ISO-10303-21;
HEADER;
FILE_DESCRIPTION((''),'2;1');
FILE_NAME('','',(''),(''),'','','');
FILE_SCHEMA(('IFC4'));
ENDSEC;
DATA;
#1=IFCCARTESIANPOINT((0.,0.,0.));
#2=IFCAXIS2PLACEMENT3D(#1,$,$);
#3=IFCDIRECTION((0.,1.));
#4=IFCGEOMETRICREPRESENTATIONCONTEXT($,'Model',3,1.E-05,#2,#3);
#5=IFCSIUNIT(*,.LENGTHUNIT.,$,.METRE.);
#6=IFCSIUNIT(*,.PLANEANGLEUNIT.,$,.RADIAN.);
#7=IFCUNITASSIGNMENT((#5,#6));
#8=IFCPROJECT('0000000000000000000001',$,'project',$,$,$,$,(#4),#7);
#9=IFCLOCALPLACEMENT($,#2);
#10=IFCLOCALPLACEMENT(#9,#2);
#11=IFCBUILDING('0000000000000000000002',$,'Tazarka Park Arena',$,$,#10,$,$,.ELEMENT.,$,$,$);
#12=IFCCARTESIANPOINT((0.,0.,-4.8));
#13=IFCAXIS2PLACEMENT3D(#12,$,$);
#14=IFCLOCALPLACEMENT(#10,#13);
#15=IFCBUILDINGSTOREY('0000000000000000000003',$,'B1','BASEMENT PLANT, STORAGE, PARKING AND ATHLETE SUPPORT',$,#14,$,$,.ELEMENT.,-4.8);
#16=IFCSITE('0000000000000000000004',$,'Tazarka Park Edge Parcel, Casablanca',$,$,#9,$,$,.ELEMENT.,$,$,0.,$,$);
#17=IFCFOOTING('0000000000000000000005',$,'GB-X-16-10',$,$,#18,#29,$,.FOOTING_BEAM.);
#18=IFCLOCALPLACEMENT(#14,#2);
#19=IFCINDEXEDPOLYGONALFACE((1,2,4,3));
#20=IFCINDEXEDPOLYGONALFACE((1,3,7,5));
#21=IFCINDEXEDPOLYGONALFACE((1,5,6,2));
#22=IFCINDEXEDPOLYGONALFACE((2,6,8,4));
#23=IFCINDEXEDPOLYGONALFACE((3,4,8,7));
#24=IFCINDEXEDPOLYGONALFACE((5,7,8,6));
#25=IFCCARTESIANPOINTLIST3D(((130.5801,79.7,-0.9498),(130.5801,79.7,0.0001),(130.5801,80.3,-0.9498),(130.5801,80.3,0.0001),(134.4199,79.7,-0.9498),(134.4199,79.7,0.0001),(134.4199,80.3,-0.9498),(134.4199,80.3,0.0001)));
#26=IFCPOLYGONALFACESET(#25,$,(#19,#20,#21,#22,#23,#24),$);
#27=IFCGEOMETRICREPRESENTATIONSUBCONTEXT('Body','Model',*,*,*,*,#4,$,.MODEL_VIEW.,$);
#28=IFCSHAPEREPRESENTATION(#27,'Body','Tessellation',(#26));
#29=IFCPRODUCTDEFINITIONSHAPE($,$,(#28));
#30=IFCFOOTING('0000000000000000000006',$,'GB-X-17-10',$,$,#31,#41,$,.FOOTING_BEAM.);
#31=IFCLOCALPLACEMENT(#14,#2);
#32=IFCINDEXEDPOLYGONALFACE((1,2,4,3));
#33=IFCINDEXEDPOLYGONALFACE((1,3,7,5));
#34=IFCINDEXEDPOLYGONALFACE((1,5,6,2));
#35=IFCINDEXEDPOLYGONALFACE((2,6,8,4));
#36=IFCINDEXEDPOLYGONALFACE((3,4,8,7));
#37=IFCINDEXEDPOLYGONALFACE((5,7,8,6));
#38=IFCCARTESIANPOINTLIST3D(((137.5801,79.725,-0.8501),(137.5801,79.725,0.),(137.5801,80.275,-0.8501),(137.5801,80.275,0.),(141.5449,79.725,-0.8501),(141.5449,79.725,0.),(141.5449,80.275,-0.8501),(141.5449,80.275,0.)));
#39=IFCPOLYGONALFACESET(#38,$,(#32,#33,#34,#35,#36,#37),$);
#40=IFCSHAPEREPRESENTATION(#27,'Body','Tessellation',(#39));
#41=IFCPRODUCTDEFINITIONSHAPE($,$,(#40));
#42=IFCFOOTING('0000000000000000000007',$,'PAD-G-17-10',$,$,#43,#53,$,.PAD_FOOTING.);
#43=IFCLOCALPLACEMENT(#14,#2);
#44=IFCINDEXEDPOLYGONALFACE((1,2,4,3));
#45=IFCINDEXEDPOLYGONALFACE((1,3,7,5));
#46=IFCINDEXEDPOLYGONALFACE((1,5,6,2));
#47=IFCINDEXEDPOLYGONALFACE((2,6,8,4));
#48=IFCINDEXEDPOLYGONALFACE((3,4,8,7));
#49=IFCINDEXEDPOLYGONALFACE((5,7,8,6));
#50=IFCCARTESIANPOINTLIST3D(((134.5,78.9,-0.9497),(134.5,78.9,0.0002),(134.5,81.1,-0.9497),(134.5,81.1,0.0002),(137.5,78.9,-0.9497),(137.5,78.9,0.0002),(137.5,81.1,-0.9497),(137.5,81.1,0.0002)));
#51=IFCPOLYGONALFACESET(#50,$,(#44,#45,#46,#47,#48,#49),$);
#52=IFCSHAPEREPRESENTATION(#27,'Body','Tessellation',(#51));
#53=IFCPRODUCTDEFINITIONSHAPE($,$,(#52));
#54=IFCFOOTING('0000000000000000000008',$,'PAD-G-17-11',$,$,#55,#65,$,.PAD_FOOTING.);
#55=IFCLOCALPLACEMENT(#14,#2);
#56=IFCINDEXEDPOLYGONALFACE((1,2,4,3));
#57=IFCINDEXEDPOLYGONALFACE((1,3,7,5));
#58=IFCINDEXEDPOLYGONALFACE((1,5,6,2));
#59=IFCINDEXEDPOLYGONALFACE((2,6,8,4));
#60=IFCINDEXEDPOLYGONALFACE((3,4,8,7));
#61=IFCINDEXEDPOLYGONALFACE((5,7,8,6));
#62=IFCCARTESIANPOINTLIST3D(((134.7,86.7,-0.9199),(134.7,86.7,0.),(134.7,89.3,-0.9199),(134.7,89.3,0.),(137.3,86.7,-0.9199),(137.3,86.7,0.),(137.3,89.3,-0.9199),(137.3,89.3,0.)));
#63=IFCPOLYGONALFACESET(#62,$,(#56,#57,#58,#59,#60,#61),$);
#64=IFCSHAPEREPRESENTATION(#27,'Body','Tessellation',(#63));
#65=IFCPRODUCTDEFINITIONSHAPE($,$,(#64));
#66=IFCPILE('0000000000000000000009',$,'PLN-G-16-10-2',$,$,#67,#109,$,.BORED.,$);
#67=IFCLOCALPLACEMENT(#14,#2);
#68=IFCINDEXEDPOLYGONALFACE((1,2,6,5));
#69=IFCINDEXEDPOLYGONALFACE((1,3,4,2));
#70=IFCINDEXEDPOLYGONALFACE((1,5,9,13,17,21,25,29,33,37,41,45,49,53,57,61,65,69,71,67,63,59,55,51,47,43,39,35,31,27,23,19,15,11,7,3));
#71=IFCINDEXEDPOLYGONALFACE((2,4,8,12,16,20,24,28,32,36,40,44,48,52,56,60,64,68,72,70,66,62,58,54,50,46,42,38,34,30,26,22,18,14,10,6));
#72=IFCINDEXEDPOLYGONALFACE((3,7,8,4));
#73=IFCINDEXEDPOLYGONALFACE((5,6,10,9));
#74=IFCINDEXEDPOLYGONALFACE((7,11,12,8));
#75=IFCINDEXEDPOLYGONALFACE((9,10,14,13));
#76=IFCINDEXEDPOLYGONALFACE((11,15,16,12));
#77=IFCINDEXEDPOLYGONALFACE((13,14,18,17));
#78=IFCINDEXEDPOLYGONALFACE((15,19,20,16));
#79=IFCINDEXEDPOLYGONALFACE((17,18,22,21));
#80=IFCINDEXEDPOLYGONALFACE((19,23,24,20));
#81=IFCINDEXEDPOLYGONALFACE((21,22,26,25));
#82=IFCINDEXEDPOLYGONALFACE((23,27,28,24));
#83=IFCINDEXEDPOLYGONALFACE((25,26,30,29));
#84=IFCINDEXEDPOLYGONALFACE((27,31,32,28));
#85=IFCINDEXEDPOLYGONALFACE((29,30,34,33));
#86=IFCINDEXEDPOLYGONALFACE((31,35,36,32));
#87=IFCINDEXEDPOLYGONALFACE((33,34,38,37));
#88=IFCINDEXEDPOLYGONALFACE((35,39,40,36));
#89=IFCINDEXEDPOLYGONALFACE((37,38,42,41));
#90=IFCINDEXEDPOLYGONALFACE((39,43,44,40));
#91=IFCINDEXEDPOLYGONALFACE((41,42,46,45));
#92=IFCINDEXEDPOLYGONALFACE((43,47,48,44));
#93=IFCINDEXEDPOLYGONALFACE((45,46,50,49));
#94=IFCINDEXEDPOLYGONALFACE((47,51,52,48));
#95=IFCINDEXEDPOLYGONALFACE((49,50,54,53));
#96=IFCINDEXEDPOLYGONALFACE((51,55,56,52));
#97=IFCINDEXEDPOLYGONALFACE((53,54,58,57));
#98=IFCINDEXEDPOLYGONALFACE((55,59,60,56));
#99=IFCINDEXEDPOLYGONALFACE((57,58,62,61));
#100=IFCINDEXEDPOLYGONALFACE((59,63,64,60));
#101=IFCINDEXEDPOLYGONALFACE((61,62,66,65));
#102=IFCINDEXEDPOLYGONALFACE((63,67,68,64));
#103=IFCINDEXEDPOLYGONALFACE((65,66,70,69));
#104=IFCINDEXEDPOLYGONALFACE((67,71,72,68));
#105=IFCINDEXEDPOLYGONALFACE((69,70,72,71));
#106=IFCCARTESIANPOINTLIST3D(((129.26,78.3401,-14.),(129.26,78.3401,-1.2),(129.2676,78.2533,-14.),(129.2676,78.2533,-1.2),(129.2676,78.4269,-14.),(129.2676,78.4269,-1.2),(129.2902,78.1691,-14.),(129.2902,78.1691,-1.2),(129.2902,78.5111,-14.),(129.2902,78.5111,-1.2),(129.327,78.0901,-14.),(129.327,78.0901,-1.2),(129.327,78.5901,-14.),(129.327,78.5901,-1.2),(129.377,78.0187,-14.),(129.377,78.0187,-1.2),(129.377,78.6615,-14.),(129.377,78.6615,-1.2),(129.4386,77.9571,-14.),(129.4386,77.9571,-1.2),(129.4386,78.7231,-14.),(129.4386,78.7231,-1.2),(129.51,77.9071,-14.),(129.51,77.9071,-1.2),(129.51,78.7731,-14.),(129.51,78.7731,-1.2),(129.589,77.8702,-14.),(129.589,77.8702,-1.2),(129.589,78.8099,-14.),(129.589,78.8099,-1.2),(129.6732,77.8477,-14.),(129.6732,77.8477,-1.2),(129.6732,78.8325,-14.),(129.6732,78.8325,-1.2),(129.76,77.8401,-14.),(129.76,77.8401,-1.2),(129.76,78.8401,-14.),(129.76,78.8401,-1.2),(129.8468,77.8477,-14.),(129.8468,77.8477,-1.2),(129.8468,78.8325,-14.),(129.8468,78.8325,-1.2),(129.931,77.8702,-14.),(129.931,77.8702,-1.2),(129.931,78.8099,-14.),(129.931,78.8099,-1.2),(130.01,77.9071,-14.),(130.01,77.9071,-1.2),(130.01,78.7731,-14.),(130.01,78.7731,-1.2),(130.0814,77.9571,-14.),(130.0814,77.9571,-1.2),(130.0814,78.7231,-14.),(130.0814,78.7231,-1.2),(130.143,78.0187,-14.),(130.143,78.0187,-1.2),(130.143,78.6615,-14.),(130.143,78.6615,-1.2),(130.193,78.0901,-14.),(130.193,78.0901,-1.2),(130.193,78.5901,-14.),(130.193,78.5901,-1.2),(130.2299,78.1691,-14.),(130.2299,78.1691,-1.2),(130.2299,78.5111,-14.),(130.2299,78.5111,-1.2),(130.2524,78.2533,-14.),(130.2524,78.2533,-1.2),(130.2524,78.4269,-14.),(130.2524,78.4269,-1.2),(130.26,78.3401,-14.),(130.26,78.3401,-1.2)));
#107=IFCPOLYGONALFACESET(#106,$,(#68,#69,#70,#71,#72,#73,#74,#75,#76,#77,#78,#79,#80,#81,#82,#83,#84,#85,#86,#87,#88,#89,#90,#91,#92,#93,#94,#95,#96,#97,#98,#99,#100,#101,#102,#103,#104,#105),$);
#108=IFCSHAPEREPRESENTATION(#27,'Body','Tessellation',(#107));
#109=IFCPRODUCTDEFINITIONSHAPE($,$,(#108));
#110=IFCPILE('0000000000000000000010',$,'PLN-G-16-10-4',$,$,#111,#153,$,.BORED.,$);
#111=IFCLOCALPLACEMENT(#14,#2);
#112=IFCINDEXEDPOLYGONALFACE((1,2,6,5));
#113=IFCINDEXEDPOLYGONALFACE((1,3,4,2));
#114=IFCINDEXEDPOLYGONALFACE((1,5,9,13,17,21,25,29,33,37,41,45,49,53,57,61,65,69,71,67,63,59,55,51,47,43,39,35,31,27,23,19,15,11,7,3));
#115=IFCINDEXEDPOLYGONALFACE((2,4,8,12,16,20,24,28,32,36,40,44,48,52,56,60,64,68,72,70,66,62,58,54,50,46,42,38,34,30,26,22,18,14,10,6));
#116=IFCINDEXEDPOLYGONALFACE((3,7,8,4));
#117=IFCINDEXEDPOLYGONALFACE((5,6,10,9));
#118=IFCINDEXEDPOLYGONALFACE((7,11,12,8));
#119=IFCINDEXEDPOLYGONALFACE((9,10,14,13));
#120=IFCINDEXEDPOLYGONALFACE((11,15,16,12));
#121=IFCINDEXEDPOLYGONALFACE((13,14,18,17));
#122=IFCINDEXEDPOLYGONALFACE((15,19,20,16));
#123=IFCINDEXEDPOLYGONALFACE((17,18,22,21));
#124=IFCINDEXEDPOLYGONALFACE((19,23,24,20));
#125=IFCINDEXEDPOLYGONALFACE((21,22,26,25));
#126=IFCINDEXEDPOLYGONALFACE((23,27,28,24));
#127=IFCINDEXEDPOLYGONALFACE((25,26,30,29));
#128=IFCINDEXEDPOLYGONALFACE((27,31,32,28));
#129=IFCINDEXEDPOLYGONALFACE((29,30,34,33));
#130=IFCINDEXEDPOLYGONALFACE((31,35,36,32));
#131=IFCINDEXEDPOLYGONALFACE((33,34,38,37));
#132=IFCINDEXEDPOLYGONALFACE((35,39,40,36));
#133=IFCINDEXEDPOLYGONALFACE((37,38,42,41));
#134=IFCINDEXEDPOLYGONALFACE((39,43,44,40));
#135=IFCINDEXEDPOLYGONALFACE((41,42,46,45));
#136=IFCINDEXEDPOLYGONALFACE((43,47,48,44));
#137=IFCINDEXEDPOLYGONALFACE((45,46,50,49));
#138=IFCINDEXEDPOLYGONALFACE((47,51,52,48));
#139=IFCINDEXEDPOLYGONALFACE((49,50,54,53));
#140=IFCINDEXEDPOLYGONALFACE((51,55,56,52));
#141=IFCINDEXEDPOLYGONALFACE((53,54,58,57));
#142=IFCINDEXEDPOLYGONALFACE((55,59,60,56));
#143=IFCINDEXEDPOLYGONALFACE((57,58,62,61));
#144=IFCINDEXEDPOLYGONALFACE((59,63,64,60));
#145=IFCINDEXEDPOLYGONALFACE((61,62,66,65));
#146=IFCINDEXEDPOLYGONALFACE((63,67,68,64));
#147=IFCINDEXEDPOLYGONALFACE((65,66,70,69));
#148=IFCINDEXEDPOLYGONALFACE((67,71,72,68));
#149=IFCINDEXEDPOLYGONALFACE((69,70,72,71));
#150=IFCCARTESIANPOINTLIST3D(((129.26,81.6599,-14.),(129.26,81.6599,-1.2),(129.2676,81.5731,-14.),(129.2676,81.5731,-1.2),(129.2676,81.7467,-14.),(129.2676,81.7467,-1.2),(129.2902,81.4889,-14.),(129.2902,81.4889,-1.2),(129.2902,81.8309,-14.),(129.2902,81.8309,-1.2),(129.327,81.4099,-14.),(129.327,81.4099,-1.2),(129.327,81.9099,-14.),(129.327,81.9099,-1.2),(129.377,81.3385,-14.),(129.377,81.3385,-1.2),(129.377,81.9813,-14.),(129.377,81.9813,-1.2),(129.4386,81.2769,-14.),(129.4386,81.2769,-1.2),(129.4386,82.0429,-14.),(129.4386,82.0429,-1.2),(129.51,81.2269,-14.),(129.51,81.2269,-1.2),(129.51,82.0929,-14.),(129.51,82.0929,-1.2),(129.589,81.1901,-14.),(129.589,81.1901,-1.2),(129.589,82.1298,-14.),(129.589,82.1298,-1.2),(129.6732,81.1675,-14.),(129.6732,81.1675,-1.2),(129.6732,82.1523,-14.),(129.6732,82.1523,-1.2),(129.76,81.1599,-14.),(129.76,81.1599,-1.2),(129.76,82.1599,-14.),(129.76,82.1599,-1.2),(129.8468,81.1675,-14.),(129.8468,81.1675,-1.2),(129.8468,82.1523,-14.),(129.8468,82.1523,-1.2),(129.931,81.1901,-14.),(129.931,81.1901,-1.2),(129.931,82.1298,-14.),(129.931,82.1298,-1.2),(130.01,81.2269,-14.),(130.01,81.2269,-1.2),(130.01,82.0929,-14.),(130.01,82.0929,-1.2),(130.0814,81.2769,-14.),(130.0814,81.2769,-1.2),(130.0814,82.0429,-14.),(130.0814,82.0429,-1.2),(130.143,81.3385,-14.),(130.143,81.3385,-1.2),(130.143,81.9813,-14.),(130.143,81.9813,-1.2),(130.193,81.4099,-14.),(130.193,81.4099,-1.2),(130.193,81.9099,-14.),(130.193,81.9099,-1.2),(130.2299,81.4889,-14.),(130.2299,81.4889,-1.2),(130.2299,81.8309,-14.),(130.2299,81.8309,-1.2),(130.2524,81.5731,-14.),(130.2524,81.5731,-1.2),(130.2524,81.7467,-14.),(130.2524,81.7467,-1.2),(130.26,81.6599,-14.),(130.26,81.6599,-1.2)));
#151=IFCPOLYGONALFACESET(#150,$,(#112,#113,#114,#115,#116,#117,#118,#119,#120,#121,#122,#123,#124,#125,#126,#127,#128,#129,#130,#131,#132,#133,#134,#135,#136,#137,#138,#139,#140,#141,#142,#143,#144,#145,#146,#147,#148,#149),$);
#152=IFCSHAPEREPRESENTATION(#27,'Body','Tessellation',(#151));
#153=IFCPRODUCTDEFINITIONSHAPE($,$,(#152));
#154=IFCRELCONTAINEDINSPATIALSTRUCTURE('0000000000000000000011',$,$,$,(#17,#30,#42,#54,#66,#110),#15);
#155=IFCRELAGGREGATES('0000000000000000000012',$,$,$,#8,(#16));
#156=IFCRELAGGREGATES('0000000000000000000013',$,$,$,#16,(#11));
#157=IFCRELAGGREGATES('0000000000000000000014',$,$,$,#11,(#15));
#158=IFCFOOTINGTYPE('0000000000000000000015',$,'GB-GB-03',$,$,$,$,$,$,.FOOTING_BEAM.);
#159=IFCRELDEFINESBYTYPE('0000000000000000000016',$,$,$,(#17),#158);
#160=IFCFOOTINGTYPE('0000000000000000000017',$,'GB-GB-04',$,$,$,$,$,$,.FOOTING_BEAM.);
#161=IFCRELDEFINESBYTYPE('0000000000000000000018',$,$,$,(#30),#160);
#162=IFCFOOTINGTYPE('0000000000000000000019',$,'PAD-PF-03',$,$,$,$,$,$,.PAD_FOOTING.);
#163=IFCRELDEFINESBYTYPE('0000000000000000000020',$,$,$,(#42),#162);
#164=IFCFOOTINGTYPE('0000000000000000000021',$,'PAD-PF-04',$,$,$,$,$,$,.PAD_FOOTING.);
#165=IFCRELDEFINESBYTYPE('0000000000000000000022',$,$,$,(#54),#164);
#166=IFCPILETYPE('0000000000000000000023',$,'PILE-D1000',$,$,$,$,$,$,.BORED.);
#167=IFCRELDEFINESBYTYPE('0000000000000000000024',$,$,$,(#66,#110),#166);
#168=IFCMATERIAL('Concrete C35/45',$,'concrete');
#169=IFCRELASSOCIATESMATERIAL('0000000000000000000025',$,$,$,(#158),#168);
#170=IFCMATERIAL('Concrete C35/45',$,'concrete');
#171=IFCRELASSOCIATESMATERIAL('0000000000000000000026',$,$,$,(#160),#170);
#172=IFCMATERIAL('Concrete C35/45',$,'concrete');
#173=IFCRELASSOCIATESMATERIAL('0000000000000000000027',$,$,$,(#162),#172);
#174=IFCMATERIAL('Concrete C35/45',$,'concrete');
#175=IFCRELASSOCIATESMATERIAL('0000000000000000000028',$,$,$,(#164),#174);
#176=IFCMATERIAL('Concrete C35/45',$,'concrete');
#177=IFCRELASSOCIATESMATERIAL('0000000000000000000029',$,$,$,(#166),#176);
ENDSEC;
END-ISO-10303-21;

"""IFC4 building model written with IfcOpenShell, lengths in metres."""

from ifc_helpers import new_model, si_unit, direction, frame, origin, origin_2d, place, context, subcontext, project, spatial, rectangle, circle, extrude, material, material_profile, profile_set, type_object, element, save


model = new_model("IFC4")

# Units and contexts
model_context = context("Model", 3, precision=1e-05, world=origin(), true_north=direction((0.0, 1.0)))
body_context = subcontext(model_context, "Body", "Model", "MODEL_VIEW")
ifc_project = project(units=[si_unit("LENGTHUNIT", "METRE"), si_unit("PLANEANGLEUNIT", "RADIAN")], contexts=[model_context])

# Site, building, storey
site_placement = place(None, origin())
site = spatial("IfcSite", under=ifc_project, at=site_placement, Name="Tazarka Park Edge Parcel, Casablanca", CompositionType="ELEMENT", RefElevation=0.0)
building_placement = place(site_placement, origin())
building = spatial("IfcBuilding", under=site, at=building_placement, Name="Tazarka Park Arena", CompositionType="ELEMENT")
storey_placement = place(building_placement, frame((0.0, 0.0, -4.8)))
storey = spatial("IfcBuildingStorey", under=building, at=storey_placement, Name="B1", Description="BASEMENT PLANT, STORAGE, PARKING AND ATHLETE SUPPORT", CompositionType="ELEMENT", Elevation=-4.8)

# Footings
ifc_material_1 = material(Name="Concrete C35/45", Category="concrete")
ifc_material_profile_1 = material_profile(ifc_material_1, rectangle(XDim=0.6001, YDim=0.95, at=origin_2d()), Name="Concrete C35/45")
ifc_profile_set_1 = profile_set([ifc_material_profile_1], Name="Concrete C35/45")
footing_type_1 = type_object("IfcFootingType", Name="GB-GB-03", PredefinedType="FOOTING_BEAM", material=ifc_profile_set_1)
footing_1_placement = place(storey_placement, frame((130.5801, 80.0, -0.4749), z_axis=(1.0, 0.0, 0.0), x_axis=(0.0, 1.0, 0.0)))
element("IfcFooting", 1, at=footing_1_placement, inside=storey, type_object=footing_type_1, Name="GB-X-16-10", PredefinedType="FOOTING_BEAM", context=body_context, shape_type="SweptSolid", body=[
    extrude(rectangle(XDim=0.6001, YDim=0.95, at=origin_2d()), origin(), (0.0, 0.0, 1.0), 3.8398),
])
ifc_material_2 = material(Name="Concrete C35/45", Category="concrete")
ifc_material_profile_2 = material_profile(ifc_material_2, rectangle(XDim=0.55, YDim=0.8501, at=origin_2d()), Name="Concrete C35/45")
ifc_profile_set_2 = profile_set([ifc_material_profile_2], Name="Concrete C35/45")
footing_type_2 = type_object("IfcFootingType", Name="GB-GB-04", PredefinedType="FOOTING_BEAM", material=ifc_profile_set_2)
footing_2_placement = place(storey_placement, frame((137.5801, 80.0, -0.425), z_axis=(1.0, 0.0, 0.0), x_axis=(0.0, 1.0, 0.0)))
element("IfcFooting", 2, at=footing_2_placement, inside=storey, type_object=footing_type_2, Name="GB-X-17-10", PredefinedType="FOOTING_BEAM", context=body_context, shape_type="SweptSolid", body=[
    extrude(rectangle(XDim=0.55, YDim=0.8501, at=origin_2d()), origin(), (0.0, 0.0, 1.0), 3.9648),
])
ifc_material_3 = material(Name="Concrete C35/45", Category="concrete")
footing_type_3 = type_object("IfcFootingType", Name="PAD-PF-03", PredefinedType="PAD_FOOTING", material=ifc_material_3)
footing_3_placement = place(storey_placement, frame((136.0, 80.0, -0.9497), z_axis=(0.0, 0.0, 1.0), x_axis=(1.0, 0.0, 0.0)))
element("IfcFooting", 3, at=footing_3_placement, inside=storey, type_object=footing_type_3, Name="PAD-G-17-10", PredefinedType="PAD_FOOTING", context=body_context, shape_type="SweptSolid", body=[
    extrude(rectangle(XDim=3.0, YDim=2.2, at=origin_2d()), origin(), (0.0, 0.0, 1.0), 0.95),
])
ifc_material_4 = material(Name="Concrete C35/45", Category="concrete")
footing_type_4 = type_object("IfcFootingType", Name="PAD-PF-04", PredefinedType="PAD_FOOTING", material=ifc_material_4)
footing_4_placement = place(storey_placement, frame((136.0, 88.0, -0.9199), z_axis=(0.0, 0.0, 1.0), x_axis=(1.0, 0.0, 0.0)))
element("IfcFooting", 4, at=footing_4_placement, inside=storey, type_object=footing_type_4, Name="PAD-G-17-11", PredefinedType="PAD_FOOTING", context=body_context, shape_type="SweptSolid", body=[
    extrude(rectangle(XDim=2.6001, YDim=2.6001, at=origin_2d()), origin(), (0.0, 0.0, 1.0), 0.9199),
])

# Piles
ifc_material_5 = material(Name="Concrete C35/45", Category="concrete")
ifc_material_profile_3 = material_profile(ifc_material_5, circle(Radius=0.5, at=origin_2d()), Name="Concrete C35/45")
ifc_profile_set_3 = profile_set([ifc_material_profile_3], Name="Concrete C35/45")
pile_type_1 = type_object("IfcPileType", Name="PILE-D1000", PredefinedType="BORED", material=ifc_profile_set_3)
for number, where, z_axis, x_axis, name in (
    (5, (129.76, 78.3401, -1.2), (0.0, 0.0, -1.0), (1.0, 0.0, 0.0), "PLN-G-16-10-2"),
    (6, (129.76, 81.6599, -1.2), (0.0, 0.0, -1.0), (1.0, 0.0, 0.0), "PLN-G-16-10-4"),
):
    element("IfcPile", number, at=place(storey_placement, frame(where, z_axis=z_axis, x_axis=x_axis)), inside=storey, type_object=pile_type_1, Name=name, PredefinedType="BORED", context=body_context, shape_type="SweptSolid", body=[
        extrude(circle(Radius=0.5, at=origin_2d()), origin(), (0.0, 0.0, 1.0), 12.8),
    ])

save(model, "model.ifc")
